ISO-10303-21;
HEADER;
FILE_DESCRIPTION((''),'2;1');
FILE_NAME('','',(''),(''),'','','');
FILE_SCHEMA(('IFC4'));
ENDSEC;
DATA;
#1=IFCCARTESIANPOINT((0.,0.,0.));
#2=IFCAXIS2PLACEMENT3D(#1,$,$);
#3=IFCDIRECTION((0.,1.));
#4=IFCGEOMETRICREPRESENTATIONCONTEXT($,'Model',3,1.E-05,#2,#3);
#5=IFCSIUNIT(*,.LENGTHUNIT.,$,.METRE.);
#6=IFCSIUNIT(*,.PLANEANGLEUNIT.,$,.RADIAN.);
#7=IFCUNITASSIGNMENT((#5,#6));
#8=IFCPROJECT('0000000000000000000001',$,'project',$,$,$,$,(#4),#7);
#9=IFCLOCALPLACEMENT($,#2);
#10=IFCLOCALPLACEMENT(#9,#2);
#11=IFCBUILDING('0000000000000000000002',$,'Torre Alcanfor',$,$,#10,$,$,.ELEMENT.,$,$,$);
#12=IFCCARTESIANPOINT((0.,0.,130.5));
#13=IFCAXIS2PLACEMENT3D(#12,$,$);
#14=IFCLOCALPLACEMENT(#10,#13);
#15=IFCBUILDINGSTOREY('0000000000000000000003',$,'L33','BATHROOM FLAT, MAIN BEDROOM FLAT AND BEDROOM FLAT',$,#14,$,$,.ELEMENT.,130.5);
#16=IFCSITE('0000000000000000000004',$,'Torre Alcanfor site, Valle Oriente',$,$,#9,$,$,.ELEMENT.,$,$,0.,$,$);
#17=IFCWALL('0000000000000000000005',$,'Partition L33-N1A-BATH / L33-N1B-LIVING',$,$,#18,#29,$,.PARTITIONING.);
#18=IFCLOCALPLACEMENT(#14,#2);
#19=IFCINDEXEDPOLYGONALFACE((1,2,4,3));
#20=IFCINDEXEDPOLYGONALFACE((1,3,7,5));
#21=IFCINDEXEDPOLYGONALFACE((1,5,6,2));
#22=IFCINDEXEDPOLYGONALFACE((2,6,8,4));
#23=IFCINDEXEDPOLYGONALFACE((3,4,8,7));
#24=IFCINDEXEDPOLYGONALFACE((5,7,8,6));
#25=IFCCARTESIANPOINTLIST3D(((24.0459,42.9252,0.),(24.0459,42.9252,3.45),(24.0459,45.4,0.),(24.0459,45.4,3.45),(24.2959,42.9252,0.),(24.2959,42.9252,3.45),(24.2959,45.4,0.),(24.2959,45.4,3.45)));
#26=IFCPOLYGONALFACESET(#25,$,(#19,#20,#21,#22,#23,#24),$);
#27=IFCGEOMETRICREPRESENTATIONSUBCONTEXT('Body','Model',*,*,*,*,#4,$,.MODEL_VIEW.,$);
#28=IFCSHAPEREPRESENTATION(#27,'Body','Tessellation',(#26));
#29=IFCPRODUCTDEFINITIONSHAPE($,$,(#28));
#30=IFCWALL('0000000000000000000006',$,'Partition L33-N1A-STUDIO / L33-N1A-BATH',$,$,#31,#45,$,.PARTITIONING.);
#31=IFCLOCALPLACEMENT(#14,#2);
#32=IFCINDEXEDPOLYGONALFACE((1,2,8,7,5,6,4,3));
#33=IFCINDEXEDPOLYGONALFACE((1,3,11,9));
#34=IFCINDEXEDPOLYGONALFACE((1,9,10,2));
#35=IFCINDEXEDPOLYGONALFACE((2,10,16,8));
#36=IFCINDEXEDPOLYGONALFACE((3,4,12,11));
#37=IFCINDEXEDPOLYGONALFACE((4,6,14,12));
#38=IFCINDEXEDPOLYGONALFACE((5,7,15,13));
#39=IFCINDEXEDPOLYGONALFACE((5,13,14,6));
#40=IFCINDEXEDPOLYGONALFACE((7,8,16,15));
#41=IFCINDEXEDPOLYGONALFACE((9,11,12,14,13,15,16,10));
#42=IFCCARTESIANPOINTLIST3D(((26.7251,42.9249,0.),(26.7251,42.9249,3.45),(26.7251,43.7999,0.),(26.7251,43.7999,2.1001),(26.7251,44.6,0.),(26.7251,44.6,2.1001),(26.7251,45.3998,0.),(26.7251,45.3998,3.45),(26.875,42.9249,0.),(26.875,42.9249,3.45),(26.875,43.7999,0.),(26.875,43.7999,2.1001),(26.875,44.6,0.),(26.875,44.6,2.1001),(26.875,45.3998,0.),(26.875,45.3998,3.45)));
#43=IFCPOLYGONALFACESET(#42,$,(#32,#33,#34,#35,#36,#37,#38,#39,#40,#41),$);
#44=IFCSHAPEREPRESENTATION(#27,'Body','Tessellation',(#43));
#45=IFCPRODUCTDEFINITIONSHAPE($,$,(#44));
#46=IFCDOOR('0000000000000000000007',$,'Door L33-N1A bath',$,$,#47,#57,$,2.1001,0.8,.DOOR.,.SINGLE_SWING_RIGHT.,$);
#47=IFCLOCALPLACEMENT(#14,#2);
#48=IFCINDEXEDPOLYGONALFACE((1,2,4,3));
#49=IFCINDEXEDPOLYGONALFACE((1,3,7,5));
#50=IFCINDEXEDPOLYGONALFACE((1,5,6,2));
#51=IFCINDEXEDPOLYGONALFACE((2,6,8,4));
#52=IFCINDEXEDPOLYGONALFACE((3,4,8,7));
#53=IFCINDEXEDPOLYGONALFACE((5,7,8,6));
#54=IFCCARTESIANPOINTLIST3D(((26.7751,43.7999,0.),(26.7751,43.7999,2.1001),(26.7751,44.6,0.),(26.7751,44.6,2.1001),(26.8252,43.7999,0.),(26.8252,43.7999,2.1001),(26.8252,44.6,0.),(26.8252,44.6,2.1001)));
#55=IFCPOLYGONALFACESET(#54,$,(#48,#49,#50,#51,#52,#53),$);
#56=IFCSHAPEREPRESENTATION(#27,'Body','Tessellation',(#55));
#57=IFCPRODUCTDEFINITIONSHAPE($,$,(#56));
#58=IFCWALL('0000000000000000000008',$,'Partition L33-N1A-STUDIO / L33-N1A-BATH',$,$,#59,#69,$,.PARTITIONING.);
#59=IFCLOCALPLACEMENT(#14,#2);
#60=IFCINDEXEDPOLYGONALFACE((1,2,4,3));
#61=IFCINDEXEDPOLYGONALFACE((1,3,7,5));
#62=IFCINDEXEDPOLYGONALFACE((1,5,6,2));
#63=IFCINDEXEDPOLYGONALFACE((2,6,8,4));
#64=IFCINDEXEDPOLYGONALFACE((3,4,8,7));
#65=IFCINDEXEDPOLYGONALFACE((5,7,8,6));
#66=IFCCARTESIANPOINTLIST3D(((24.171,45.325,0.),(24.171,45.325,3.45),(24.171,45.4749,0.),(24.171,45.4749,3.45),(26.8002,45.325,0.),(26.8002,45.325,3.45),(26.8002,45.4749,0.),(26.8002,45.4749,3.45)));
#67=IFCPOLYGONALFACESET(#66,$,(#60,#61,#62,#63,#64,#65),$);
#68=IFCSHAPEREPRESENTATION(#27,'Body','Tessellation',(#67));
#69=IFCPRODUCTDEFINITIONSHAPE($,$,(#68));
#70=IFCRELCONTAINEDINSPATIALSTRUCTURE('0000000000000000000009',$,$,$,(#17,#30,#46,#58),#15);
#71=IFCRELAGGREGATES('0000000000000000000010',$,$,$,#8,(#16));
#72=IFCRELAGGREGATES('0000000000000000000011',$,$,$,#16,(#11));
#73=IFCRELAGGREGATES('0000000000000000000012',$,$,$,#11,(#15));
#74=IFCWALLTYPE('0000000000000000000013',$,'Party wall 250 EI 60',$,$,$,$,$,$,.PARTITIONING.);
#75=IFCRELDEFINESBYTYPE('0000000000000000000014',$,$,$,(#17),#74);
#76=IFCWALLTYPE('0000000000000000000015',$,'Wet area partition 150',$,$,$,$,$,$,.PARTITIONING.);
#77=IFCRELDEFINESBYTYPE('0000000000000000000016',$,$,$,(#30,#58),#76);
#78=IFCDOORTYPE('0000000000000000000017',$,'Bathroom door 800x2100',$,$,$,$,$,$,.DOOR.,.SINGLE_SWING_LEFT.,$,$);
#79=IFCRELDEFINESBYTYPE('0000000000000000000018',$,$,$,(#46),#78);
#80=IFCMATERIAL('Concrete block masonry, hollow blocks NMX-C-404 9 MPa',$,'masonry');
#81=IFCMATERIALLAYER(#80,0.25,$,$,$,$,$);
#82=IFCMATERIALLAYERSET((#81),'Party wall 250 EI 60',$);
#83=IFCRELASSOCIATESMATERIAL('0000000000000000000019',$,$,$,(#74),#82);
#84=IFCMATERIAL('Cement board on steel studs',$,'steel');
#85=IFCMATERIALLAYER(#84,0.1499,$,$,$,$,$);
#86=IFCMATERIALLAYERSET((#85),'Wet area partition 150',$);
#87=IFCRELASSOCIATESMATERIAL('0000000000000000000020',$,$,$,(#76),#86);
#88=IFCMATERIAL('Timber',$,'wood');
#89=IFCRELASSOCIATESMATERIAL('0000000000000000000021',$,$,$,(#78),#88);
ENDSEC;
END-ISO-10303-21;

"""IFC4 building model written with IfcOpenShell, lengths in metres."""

from ifc_helpers import new_model, si_unit, direction, frame, frame_2d, origin, place, context, subcontext, project, spatial, rectangle, extrude, material, layer, layer_set, type_object, element, fill, save


model = new_model("IFC4")

# Units and contexts
model_context = context("Model", 3, precision=1e-05, world=origin(), true_north=direction((0.0, 1.0)))
body_context = subcontext(model_context, "Body", "Model", "MODEL_VIEW")
ifc_project = project(units=[si_unit("LENGTHUNIT", "METRE"), si_unit("PLANEANGLEUNIT", "RADIAN")], contexts=[model_context])

# Site, building, storey
site_placement = place(None, origin())
site = spatial("IfcSite", under=ifc_project, at=site_placement, Name="Torre Alcanfor site, Valle Oriente", CompositionType="ELEMENT", RefElevation=0.0)
building_placement = place(site_placement, origin())
building = spatial("IfcBuilding", under=site, at=building_placement, Name="Torre Alcanfor", CompositionType="ELEMENT")
storey_placement = place(building_placement, frame((0.0, 0.0, 130.5)))
storey = spatial("IfcBuildingStorey", under=building, at=storey_placement, Name="L33", Description="BATHROOM FLAT, MAIN BEDROOM FLAT AND BEDROOM FLAT", CompositionType="ELEMENT", Elevation=130.5)

# Wall
ifc_material_1 = material(Name="Concrete block masonry, hollow blocks NMX-C-404 9 MPa", Category="masonry")
ifc_layer_1 = layer(ifc_material_1, 0.25)
ifc_layer_set_1 = layer_set([ifc_layer_1], Name="Party wall 250 EI 60")
wall_type_1 = type_object("IfcWallType", Name="Party wall 250 EI 60", PredefinedType="PARTITIONING", material=ifc_layer_set_1)
wall_1_placement = place(storey_placement, frame((24.1709, 45.3999, 0.0), z_axis=(0.0, 0.0, 1.0), x_axis=(0.0, -1.0, 0.0)))
element("IfcWall", 1, at=wall_1_placement, inside=storey, type_object=wall_type_1, Name="Partition L33-N1A-BATH / L33-N1B-LIVING", PredefinedType="PARTITIONING", context=body_context, shape_type="SweptSolid", body=[
    extrude(rectangle(XDim=2.4749, YDim=0.25, at=frame_2d((1.2373, 0.0))), origin(), (0.0, 0.0, 1.0), 3.45),
])

# Wall, opening, door
ifc_material_2 = material(Name="Cement board on steel studs", Category="steel")
ifc_layer_2 = layer(ifc_material_2, 0.1499)
ifc_layer_set_2 = layer_set([ifc_layer_2], Name="Wet area partition 150")
wall_type_2 = type_object("IfcWallType", Name="Wet area partition 150", PredefinedType="PARTITIONING", material=ifc_layer_set_2)
wall_2_placement = place(storey_placement, frame((26.8, 42.925, 0.0), z_axis=(0.0, 0.0, 1.0), x_axis=(0.0, 1.0, 0.0)))
wall_2 = element("IfcWall", 2, at=wall_2_placement, inside=storey, type_object=wall_type_2, Name="Partition L33-N1A-STUDIO / L33-N1A-BATH", PredefinedType="PARTITIONING", context=body_context, shape_type="SweptSolid", body=[
    extrude(rectangle(XDim=2.4749, YDim=0.1499, at=frame_2d((1.2373, 0.0))), origin(), (0.0, 0.0, 1.0), 3.45),
])
opening_1_placement = place(wall_2_placement, frame((0.875, 0.0, 0.0)))
opening_1 = element("IfcOpeningElement", 3, at=opening_1_placement, cuts=wall_2, PredefinedType="OPENING", context=body_context, shape_type="SweptSolid", body=[
    extrude(rectangle(XDim=0.8, YDim=2.1001, at=frame_2d((0.3999, 1.05))), frame((0.0, 0.085, 0.0), z_axis=(0.0, -1.0, 0.0), x_axis=(1.0, 0.0, 0.0)), (0.0, 0.0, 1.0), 0.1699),
])
ifc_material_3 = material(Name="Timber", Category="wood")
door_type_1 = type_object("IfcDoorType", Name="Bathroom door 800x2100", OperationType="SINGLE_SWING_LEFT", PredefinedType="DOOR", material=ifc_material_3)
door_1_placement = place(opening_1_placement, origin())
door_1 = element("IfcDoor", 4, at=door_1_placement, inside=storey, type_object=door_type_1, Name="Door L33-N1A bath", OperationType="SINGLE_SWING_RIGHT", OverallHeight=2.1001, OverallWidth=0.8, PredefinedType="DOOR", context=body_context, shape_type="SweptSolid", body=[
    extrude(rectangle(XDim=0.8, YDim=2.1001, at=frame_2d((0.3999, 1.05))), frame((0.0, 0.0249, 0.0), z_axis=(0.0, -1.0, 0.0), x_axis=(1.0, 0.0, 0.0)), (0.0, 0.0, 1.0), 0.05),
])
fill(opening_1, door_1)

# Wall
wall_3_placement = place(storey_placement, frame((26.8, 45.3999, 0.0), z_axis=(0.0, 0.0, 1.0), x_axis=(-1.0, 0.0, 0.0)))
element("IfcWall", 5, at=wall_3_placement, inside=storey, type_object=wall_type_2, Name="Partition L33-N1A-STUDIO / L33-N1A-BATH", PredefinedType="PARTITIONING", context=body_context, shape_type="SweptSolid", body=[
    extrude(rectangle(XDim=2.6292, YDim=0.1499, at=frame_2d((1.3145, 0.0))), origin(), (0.0, 0.0, 1.0), 3.45),
])

save(model, "model.ifc")
